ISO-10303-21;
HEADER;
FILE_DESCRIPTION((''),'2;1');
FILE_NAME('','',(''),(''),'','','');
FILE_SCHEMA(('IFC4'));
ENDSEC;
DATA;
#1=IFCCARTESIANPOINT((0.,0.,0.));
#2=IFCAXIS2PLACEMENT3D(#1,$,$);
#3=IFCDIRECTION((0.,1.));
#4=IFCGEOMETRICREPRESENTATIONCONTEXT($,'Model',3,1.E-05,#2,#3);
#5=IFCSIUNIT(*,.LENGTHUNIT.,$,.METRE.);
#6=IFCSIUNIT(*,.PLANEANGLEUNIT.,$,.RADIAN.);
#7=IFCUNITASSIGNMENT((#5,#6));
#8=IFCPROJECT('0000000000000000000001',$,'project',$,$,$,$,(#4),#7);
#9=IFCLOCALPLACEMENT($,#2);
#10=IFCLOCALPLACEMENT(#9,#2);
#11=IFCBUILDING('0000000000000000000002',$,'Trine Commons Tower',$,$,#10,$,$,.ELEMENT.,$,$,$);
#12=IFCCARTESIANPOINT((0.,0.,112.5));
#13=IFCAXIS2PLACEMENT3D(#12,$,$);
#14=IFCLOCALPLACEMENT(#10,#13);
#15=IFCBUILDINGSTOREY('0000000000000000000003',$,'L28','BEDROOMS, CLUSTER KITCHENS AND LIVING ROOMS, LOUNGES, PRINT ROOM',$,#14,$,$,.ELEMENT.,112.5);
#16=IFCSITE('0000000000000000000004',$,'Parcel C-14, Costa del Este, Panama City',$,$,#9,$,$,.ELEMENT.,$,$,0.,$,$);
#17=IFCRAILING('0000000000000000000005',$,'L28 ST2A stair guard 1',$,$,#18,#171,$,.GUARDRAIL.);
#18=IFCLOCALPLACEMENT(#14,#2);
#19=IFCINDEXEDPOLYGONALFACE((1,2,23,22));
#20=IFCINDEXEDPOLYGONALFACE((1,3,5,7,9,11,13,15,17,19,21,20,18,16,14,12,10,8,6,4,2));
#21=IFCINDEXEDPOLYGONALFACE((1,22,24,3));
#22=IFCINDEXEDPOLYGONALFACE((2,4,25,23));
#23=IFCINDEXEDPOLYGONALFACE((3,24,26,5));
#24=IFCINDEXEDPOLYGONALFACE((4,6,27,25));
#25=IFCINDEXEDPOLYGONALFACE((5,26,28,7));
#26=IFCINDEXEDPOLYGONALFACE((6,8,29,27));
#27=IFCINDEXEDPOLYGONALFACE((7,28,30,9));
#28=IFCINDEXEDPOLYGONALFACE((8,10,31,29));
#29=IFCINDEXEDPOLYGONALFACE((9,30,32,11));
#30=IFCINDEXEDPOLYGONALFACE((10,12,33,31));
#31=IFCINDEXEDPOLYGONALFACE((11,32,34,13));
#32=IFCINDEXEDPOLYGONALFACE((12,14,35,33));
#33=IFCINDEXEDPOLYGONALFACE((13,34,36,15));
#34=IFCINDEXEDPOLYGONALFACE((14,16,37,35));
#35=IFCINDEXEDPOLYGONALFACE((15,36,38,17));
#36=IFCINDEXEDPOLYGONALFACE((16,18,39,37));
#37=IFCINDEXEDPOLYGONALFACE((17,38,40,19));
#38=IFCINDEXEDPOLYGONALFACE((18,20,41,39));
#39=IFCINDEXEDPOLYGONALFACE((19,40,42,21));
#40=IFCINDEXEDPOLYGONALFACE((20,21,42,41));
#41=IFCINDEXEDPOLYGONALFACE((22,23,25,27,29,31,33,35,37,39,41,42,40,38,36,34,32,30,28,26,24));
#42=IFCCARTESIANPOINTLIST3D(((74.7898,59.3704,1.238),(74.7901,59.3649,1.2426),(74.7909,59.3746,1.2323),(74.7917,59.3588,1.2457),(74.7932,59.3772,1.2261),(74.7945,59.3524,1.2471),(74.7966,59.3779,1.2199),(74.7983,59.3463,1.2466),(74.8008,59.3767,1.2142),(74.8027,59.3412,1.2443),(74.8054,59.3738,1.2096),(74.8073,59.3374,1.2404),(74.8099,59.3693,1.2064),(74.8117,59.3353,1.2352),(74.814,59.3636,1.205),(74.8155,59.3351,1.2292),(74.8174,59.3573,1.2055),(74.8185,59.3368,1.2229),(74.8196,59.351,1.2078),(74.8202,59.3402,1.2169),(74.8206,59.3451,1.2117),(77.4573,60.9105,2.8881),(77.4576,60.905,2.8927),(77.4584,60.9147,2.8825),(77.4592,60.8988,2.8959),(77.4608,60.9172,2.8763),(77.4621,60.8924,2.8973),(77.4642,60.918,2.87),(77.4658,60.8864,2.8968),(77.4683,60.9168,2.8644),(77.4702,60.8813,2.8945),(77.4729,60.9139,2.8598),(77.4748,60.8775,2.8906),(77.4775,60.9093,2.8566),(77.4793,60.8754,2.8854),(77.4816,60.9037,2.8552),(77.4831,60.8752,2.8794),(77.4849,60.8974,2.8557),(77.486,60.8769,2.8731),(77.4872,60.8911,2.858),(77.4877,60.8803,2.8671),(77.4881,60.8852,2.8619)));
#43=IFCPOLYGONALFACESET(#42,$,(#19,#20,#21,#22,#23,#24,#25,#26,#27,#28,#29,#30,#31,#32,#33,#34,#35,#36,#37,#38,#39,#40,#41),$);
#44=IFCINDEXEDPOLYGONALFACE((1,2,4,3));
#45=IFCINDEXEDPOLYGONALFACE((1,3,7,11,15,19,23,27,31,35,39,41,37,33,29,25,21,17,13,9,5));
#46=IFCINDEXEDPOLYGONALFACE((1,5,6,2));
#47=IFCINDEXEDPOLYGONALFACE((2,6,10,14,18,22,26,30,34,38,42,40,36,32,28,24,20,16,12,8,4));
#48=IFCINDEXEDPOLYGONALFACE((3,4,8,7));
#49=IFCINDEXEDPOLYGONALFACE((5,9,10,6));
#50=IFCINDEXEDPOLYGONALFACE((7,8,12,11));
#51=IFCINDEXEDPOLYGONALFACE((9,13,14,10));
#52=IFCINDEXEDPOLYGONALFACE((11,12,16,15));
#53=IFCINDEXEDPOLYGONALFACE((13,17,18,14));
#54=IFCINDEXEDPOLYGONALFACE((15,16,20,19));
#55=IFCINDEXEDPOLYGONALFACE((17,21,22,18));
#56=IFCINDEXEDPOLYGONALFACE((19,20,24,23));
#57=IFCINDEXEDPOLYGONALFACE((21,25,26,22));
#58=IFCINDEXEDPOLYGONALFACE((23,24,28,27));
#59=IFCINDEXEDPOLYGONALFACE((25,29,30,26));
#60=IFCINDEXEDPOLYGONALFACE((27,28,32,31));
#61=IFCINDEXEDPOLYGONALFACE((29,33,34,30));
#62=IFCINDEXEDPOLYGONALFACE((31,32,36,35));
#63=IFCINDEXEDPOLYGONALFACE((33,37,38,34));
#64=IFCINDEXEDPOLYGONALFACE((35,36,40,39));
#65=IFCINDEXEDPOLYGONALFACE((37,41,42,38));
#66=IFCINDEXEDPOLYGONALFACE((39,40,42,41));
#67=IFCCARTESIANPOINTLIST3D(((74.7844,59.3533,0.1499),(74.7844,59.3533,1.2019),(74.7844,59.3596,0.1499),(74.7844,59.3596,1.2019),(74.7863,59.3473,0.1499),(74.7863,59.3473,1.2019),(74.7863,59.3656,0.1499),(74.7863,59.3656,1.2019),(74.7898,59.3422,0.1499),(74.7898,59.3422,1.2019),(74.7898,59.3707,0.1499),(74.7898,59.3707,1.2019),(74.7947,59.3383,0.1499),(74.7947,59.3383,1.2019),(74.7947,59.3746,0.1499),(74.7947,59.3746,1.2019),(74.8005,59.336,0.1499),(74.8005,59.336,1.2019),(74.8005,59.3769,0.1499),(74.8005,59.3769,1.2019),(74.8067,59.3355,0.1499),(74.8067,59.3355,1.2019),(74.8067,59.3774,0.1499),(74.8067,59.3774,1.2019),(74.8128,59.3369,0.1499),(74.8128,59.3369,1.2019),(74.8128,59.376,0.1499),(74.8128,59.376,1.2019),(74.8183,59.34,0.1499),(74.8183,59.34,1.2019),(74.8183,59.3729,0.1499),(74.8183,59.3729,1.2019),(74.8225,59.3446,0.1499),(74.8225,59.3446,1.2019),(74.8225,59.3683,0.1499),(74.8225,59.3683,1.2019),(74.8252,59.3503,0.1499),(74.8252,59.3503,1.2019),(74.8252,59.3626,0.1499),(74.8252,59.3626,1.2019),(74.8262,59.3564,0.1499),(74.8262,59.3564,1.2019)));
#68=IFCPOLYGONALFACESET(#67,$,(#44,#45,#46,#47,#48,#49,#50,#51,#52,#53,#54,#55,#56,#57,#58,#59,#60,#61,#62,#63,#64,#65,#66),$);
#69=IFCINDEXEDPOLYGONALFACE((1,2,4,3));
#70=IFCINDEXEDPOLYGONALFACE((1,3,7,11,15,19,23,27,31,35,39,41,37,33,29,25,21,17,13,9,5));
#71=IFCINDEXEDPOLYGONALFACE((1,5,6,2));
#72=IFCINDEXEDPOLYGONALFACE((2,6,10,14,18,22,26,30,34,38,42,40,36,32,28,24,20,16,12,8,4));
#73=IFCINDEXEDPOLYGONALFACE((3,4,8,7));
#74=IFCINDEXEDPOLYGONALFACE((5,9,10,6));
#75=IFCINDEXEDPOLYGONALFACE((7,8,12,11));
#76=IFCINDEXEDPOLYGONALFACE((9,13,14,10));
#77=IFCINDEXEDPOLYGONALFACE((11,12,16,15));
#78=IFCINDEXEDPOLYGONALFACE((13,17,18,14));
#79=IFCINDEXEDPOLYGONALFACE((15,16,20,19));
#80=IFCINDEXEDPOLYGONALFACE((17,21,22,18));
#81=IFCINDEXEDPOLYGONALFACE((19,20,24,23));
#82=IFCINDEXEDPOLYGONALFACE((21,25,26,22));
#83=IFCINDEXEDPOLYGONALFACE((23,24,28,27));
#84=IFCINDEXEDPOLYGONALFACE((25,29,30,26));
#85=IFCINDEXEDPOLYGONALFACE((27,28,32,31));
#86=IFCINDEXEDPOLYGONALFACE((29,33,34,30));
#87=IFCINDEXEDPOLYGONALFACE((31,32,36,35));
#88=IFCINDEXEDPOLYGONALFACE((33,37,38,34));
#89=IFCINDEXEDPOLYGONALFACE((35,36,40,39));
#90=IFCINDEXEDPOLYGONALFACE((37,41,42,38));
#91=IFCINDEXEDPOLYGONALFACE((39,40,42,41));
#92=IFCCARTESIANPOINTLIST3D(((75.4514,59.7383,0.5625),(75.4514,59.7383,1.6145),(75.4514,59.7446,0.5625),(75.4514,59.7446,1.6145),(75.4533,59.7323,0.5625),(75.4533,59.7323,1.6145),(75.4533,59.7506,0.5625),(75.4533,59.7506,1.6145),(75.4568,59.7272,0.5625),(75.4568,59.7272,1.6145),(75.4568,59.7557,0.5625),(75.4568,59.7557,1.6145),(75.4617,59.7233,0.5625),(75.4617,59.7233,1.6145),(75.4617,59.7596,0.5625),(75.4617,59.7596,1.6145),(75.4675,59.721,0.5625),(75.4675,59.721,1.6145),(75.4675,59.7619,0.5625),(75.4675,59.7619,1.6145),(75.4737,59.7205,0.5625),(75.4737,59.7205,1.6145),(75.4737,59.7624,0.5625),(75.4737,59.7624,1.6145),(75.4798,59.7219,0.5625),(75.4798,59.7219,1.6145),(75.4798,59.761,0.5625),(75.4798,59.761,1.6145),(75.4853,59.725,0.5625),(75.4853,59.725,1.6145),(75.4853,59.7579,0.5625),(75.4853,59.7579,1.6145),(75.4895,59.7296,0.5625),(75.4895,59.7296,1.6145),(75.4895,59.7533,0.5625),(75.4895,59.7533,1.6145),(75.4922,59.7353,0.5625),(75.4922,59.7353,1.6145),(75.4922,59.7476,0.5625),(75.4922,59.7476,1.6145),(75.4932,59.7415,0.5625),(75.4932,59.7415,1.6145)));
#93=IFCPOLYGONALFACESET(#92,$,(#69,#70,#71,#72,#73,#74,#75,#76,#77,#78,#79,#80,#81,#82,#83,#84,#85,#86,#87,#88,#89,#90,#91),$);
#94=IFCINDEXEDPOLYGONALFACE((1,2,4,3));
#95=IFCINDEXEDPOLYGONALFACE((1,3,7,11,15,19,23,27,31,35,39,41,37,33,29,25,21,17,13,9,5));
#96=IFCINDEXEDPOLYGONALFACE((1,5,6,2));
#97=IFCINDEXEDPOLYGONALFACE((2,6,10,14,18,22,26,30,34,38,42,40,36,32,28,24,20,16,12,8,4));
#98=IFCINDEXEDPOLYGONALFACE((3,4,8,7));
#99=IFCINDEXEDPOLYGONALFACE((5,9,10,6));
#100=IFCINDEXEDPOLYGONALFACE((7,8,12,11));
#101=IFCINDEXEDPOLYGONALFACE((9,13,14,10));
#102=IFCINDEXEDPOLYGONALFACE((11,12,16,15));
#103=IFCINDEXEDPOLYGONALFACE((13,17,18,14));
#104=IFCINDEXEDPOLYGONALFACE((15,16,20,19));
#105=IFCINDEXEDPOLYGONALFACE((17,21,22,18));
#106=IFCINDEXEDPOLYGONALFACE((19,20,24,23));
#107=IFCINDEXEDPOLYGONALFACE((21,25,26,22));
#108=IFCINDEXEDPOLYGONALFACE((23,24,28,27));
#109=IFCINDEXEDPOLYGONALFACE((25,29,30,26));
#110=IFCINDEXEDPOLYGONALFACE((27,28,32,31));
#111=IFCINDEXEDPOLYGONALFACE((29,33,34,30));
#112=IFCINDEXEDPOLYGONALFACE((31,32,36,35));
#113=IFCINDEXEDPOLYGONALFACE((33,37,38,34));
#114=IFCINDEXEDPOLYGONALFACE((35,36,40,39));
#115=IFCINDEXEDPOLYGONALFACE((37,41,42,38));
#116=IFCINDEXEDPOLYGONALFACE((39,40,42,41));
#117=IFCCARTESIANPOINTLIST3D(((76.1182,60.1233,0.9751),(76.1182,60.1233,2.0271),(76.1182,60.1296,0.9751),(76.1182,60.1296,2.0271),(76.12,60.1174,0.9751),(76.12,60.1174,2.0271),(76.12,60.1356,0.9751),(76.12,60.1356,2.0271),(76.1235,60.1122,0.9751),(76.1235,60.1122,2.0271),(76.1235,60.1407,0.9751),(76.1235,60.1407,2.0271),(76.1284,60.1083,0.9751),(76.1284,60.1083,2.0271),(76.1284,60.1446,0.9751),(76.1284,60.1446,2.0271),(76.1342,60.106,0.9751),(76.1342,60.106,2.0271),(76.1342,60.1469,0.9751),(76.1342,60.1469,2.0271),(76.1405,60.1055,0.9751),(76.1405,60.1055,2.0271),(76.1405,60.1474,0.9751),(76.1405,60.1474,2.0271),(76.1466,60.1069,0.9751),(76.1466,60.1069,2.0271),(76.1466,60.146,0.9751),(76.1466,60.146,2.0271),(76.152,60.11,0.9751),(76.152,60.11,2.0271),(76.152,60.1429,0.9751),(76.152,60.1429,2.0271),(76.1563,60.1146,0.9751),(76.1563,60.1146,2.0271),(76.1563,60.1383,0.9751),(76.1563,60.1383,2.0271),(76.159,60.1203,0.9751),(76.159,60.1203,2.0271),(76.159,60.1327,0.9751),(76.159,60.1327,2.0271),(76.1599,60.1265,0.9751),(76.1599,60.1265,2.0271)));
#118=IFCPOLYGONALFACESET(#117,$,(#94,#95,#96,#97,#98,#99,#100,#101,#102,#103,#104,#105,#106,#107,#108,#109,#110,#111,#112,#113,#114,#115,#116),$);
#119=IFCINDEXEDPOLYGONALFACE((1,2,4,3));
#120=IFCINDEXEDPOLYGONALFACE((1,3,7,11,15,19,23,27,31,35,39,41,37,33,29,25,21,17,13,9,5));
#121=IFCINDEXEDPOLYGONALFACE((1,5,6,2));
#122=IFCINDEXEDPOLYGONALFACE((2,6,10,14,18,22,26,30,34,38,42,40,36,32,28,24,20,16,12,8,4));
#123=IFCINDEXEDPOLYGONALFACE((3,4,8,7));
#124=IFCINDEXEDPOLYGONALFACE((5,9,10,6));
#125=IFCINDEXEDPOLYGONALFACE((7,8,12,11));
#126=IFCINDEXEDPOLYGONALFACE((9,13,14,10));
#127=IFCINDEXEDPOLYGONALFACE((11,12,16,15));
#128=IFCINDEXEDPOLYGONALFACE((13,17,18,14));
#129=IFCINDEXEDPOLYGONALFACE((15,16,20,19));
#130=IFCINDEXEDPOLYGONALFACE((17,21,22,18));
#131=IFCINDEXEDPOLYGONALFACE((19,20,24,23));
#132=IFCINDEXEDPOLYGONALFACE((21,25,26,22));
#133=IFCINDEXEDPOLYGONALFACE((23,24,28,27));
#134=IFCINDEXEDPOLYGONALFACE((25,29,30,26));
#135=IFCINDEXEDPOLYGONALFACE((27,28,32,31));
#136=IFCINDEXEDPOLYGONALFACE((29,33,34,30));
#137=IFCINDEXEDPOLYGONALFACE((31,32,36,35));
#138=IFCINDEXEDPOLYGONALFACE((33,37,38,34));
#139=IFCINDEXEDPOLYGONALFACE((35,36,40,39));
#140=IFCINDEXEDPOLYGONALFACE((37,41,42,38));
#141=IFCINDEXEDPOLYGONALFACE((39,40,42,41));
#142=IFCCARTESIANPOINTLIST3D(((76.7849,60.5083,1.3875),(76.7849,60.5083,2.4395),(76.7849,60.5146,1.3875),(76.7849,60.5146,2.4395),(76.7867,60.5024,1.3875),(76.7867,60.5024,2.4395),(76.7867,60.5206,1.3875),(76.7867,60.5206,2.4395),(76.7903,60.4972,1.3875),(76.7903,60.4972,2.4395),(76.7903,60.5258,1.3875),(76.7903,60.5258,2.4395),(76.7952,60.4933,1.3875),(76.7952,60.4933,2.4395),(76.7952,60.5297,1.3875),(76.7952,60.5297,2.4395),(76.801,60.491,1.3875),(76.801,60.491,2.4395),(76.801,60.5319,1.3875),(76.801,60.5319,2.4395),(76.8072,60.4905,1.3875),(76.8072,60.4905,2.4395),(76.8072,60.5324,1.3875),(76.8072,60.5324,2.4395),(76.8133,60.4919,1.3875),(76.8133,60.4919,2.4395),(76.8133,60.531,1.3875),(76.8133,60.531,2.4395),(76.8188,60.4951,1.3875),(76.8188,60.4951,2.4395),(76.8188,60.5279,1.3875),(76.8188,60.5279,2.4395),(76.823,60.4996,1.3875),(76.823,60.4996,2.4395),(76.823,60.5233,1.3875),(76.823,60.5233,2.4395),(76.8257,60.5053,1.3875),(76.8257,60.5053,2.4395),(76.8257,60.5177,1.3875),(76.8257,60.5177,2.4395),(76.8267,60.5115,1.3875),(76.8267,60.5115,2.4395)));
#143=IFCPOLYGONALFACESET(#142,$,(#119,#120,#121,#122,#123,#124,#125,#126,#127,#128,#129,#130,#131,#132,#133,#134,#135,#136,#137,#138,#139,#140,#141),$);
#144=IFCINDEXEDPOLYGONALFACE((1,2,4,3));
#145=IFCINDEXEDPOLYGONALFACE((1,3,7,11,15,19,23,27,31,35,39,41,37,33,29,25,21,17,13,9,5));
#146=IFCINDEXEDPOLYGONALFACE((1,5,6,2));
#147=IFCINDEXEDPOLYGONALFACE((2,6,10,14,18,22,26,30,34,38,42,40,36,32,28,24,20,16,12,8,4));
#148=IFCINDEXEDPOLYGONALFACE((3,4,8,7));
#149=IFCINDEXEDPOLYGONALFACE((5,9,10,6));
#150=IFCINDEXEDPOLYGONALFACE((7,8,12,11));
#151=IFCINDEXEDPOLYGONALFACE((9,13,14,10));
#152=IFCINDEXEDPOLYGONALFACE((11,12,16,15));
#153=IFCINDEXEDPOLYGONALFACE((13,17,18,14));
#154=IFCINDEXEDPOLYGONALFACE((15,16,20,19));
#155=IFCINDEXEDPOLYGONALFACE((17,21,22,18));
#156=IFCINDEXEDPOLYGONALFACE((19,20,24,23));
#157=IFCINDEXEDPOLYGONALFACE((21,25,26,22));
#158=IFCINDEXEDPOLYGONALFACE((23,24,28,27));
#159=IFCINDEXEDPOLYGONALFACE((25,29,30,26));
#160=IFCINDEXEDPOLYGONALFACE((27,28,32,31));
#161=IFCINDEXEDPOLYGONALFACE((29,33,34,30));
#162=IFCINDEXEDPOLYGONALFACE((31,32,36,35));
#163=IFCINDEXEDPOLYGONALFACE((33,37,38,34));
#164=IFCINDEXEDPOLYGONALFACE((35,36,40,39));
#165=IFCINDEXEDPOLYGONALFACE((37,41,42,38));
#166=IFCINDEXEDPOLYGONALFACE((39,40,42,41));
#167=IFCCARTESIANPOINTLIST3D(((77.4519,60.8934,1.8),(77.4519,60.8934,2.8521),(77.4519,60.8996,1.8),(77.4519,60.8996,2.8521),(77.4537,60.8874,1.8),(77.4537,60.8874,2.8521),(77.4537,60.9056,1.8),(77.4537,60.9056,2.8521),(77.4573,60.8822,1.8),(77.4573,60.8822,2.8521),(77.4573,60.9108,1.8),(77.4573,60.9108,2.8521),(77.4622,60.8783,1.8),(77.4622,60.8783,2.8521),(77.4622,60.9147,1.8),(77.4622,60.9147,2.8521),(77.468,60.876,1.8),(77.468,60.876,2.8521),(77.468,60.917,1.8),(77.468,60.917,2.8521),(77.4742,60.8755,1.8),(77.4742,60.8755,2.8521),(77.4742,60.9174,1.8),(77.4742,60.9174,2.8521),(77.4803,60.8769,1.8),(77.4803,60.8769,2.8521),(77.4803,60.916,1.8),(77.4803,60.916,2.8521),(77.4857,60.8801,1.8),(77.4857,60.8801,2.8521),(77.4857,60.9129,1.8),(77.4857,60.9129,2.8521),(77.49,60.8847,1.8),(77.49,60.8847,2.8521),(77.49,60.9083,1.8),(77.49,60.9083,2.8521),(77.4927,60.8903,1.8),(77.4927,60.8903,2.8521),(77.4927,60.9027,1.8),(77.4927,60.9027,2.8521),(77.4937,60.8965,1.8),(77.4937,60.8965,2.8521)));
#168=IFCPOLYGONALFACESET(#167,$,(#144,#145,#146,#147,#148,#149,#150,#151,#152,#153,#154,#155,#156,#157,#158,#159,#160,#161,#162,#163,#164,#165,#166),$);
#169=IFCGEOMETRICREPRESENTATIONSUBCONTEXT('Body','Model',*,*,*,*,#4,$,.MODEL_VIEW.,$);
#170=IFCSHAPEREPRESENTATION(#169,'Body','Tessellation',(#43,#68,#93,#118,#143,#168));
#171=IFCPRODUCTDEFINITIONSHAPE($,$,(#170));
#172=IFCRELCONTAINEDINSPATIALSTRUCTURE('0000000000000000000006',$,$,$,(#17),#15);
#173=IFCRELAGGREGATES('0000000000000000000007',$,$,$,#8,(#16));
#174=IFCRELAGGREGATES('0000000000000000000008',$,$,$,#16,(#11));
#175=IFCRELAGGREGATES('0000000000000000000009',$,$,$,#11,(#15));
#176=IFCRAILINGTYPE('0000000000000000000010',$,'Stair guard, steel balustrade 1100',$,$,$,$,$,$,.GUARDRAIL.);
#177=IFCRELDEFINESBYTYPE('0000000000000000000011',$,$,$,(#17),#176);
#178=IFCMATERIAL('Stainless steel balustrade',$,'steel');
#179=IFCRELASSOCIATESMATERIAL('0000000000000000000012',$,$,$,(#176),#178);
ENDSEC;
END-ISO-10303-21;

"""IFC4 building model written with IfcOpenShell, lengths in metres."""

from ifc_helpers import new_model, si_unit, direction, frame, origin, origin_2d, place, context, subcontext, project, spatial, circle, extrude, material, type_object, element, save


model = new_model("IFC4")

# Units and contexts
model_context = context("Model", 3, precision=1e-05, world=origin(), true_north=direction((0.0, 1.0)))
body_context = subcontext(model_context, "Body", "Model", "MODEL_VIEW")
ifc_project = project(units=[si_unit("LENGTHUNIT", "METRE"), si_unit("PLANEANGLEUNIT", "RADIAN")], contexts=[model_context])

# Site, building, storey
site_placement = place(None, origin())
site = spatial("IfcSite", under=ifc_project, at=site_placement, Name="Parcel C-14, Costa del Este, Panama City", CompositionType="ELEMENT", RefElevation=0.0)
building_placement = place(site_placement, origin())
building = spatial("IfcBuilding", under=site, at=building_placement, Name="Trine Commons Tower", CompositionType="ELEMENT")
storey_placement = place(building_placement, frame((0.0, 0.0, 112.5)))
storey = spatial("IfcBuildingStorey", under=building, at=storey_placement, Name="L28", Description="BEDROOMS, CLUSTER KITCHENS AND LIVING ROOMS, LOUNGES, PRINT ROOM", CompositionType="ELEMENT", Elevation=112.5)

# Railing
ifc_material_1 = material(Name="Stainless steel balustrade", Category="steel")
railing_type_1 = type_object("IfcRailingType", Name="Stair guard, steel balustrade 1100", PredefinedType="GUARDRAIL", material=ifc_material_1)
railing_1_placement = place(storey_placement, frame((74.8052, 59.3564, 0.1499)))
element("IfcRailing", 1, at=railing_1_placement, inside=storey, type_object=railing_type_1, Name="L28 ST2A stair guard 1", PredefinedType="GUARDRAIL", context=body_context, shape_type="SweptSolid", body=[
    extrude(circle(Radius=0.0239, at=origin_2d()), frame((0.0, 0.0, 1.0762), z_axis=(0.76338, 0.440728, 0.472239), x_axis=(-0.499992, 0.86603, 0.0)), (0.0, 0.0, 1.0), 3.4944),
    extrude(circle(Radius=0.021, at=origin_2d()), origin(), (0.0, 0.0, 1.0), 1.052),
    extrude(circle(Radius=0.021, at=origin_2d()), frame((0.667, 0.385, 0.4126)), (0.0, 0.0, 1.0), 1.052),
    extrude(circle(Radius=0.021, at=origin_2d()), frame((1.3337, 0.77, 0.8252)), (0.0, 0.0, 1.0), 1.052),
    extrude(circle(Radius=0.021, at=origin_2d()), frame((2.0005, 1.155, 1.2375)), (0.0, 0.0, 1.0), 1.052),
    extrude(circle(Radius=0.021, at=origin_2d()), frame((2.6675, 1.54, 1.6501)), (0.0, 0.0, 1.0), 1.052),
])

save(model, "model.ifc")
